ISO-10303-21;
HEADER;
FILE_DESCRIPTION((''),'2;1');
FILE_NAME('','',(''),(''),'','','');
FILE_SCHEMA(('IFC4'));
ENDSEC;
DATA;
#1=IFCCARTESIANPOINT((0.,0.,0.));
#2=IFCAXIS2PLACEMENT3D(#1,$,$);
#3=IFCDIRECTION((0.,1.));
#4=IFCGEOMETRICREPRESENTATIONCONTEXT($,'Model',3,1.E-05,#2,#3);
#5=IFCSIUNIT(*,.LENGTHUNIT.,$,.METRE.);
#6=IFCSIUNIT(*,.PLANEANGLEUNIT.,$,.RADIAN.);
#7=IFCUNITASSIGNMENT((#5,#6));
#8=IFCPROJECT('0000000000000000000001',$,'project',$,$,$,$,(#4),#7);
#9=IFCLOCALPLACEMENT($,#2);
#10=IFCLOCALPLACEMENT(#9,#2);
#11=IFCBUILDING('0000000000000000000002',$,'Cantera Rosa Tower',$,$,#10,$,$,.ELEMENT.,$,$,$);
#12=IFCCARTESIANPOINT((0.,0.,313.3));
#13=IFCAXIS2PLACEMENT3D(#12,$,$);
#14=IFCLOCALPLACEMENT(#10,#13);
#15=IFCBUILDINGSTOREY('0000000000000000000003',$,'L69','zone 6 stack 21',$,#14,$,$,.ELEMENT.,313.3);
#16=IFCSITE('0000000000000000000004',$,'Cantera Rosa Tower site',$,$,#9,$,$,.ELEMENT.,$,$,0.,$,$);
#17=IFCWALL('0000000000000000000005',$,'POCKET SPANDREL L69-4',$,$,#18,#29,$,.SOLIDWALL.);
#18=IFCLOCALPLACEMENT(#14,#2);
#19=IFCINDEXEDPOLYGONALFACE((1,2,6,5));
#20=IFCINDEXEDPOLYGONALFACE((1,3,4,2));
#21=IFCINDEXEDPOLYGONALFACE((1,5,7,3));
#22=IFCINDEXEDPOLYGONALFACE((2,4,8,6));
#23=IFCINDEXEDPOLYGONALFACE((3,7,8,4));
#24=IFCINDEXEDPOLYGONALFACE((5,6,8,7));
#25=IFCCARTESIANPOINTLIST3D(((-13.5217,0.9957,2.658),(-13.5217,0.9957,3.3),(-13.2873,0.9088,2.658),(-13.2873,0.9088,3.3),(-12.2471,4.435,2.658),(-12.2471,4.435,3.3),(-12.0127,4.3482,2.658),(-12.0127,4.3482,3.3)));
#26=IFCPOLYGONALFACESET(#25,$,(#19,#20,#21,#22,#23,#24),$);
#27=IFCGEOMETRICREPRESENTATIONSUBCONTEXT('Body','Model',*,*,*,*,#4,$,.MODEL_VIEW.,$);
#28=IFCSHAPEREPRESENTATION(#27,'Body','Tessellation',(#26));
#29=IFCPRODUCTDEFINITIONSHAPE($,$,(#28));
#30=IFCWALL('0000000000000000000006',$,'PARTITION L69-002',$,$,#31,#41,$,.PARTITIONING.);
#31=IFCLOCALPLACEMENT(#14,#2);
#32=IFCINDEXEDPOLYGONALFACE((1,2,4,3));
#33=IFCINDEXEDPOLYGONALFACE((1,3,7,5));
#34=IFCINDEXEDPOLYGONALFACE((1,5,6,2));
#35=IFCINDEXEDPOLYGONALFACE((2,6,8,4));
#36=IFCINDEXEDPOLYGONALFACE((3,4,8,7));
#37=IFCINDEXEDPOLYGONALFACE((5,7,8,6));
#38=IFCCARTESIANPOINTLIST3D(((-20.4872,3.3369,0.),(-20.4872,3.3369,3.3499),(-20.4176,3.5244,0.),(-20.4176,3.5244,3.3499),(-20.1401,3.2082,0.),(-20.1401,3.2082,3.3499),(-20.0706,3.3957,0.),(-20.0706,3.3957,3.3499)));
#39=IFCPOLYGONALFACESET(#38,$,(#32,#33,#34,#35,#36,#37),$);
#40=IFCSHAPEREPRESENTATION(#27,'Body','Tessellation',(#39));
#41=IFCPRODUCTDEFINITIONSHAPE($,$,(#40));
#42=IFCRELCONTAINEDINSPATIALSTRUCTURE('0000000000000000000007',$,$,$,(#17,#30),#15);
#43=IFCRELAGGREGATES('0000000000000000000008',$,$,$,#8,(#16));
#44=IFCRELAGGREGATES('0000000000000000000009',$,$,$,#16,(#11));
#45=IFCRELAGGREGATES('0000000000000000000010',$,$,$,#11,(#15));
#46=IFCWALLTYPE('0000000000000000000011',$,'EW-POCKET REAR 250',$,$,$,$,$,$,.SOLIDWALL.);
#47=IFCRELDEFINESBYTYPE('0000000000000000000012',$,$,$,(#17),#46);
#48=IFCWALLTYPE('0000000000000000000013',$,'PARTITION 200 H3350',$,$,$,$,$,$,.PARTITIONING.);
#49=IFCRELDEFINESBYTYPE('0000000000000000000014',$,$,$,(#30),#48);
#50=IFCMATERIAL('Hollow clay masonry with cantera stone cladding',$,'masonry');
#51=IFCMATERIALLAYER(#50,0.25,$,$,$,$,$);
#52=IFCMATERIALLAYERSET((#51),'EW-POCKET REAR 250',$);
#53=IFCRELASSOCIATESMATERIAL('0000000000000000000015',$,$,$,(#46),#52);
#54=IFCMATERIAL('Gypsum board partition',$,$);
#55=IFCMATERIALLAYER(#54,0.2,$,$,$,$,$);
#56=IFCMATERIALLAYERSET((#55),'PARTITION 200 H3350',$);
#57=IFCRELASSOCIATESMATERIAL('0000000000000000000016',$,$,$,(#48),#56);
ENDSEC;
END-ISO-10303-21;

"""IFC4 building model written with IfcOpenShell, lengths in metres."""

from ifc_helpers import new_model, si_unit, direction, frame, frame_2d, origin, place, context, subcontext, project, spatial, rectangle, extrude, material, layer, layer_set, type_object, element, save


model = new_model("IFC4")

# Units and contexts
model_context = context("Model", 3, precision=1e-05, world=origin(), true_north=direction((0.0, 1.0)))
body_context = subcontext(model_context, "Body", "Model", "MODEL_VIEW")
ifc_project = project(units=[si_unit("LENGTHUNIT", "METRE"), si_unit("PLANEANGLEUNIT", "RADIAN")], contexts=[model_context])

# Site, building, storey
site_placement = place(None, origin())
site = spatial("IfcSite", under=ifc_project, at=site_placement, Name="Cantera Rosa Tower site", CompositionType="ELEMENT", RefElevation=0.0)
building_placement = place(site_placement, origin())
building = spatial("IfcBuilding", under=site, at=building_placement, Name="Cantera Rosa Tower", CompositionType="ELEMENT")
storey_placement = place(building_placement, frame((0.0, 0.0, 313.3)))
storey = spatial("IfcBuildingStorey", under=building, at=storey_placement, Name="L69", Description="zone 6 stack 21", CompositionType="ELEMENT", Elevation=313.3)

# Walls
ifc_material_1 = material(Name="Hollow clay masonry with cantera stone cladding", Category="masonry")
ifc_layer_1 = layer(ifc_material_1, 0.25)
ifc_layer_set_1 = layer_set([ifc_layer_1], Name="EW-POCKET REAR 250")
wall_type_1 = type_object("IfcWallType", Name="EW-POCKET REAR 250", PredefinedType="SOLIDWALL", material=ifc_layer_set_1)
wall_1_placement = place(storey_placement, frame((-12.1299, 4.3916, 2.658), z_axis=(0.0, 0.0, 1.0), x_axis=(-0.347503, -0.937679, 0.0)))
element("IfcWall", 1, at=wall_1_placement, inside=storey, type_object=wall_type_1, Name="POCKET SPANDREL L69-4", PredefinedType="SOLIDWALL", context=body_context, shape_type="SweptSolid", body=[
    extrude(rectangle(XDim=3.668, YDim=0.25, at=frame_2d((1.834, 0.0))), origin(), (0.0, 0.0, 1.0), 0.6421),
])
ifc_material_2 = material(Name="Gypsum board partition")
ifc_layer_2 = layer(ifc_material_2, 0.2)
ifc_layer_set_2 = layer_set([ifc_layer_2], Name="PARTITION 200 H3350")
wall_type_2 = type_object("IfcWallType", Name="PARTITION 200 H3350", PredefinedType="PARTITIONING", material=ifc_layer_set_2)
wall_2_placement = place(storey_placement, frame((-20.4524, 3.4307, 0.0), z_axis=(0.0, 0.0, 1.0), x_axis=(0.937597, -0.347723, 0.0)))
element("IfcWall", 2, at=wall_2_placement, inside=storey, type_object=wall_type_2, Name="PARTITION L69-002", PredefinedType="PARTITIONING", context=body_context, shape_type="SweptSolid", body=[
    extrude(rectangle(XDim=0.3701, YDim=0.2, at=frame_2d((0.1851, 0.0))), origin(), (0.0, 0.0, 1.0), 3.3499),
])

save(model, "model.ifc")
